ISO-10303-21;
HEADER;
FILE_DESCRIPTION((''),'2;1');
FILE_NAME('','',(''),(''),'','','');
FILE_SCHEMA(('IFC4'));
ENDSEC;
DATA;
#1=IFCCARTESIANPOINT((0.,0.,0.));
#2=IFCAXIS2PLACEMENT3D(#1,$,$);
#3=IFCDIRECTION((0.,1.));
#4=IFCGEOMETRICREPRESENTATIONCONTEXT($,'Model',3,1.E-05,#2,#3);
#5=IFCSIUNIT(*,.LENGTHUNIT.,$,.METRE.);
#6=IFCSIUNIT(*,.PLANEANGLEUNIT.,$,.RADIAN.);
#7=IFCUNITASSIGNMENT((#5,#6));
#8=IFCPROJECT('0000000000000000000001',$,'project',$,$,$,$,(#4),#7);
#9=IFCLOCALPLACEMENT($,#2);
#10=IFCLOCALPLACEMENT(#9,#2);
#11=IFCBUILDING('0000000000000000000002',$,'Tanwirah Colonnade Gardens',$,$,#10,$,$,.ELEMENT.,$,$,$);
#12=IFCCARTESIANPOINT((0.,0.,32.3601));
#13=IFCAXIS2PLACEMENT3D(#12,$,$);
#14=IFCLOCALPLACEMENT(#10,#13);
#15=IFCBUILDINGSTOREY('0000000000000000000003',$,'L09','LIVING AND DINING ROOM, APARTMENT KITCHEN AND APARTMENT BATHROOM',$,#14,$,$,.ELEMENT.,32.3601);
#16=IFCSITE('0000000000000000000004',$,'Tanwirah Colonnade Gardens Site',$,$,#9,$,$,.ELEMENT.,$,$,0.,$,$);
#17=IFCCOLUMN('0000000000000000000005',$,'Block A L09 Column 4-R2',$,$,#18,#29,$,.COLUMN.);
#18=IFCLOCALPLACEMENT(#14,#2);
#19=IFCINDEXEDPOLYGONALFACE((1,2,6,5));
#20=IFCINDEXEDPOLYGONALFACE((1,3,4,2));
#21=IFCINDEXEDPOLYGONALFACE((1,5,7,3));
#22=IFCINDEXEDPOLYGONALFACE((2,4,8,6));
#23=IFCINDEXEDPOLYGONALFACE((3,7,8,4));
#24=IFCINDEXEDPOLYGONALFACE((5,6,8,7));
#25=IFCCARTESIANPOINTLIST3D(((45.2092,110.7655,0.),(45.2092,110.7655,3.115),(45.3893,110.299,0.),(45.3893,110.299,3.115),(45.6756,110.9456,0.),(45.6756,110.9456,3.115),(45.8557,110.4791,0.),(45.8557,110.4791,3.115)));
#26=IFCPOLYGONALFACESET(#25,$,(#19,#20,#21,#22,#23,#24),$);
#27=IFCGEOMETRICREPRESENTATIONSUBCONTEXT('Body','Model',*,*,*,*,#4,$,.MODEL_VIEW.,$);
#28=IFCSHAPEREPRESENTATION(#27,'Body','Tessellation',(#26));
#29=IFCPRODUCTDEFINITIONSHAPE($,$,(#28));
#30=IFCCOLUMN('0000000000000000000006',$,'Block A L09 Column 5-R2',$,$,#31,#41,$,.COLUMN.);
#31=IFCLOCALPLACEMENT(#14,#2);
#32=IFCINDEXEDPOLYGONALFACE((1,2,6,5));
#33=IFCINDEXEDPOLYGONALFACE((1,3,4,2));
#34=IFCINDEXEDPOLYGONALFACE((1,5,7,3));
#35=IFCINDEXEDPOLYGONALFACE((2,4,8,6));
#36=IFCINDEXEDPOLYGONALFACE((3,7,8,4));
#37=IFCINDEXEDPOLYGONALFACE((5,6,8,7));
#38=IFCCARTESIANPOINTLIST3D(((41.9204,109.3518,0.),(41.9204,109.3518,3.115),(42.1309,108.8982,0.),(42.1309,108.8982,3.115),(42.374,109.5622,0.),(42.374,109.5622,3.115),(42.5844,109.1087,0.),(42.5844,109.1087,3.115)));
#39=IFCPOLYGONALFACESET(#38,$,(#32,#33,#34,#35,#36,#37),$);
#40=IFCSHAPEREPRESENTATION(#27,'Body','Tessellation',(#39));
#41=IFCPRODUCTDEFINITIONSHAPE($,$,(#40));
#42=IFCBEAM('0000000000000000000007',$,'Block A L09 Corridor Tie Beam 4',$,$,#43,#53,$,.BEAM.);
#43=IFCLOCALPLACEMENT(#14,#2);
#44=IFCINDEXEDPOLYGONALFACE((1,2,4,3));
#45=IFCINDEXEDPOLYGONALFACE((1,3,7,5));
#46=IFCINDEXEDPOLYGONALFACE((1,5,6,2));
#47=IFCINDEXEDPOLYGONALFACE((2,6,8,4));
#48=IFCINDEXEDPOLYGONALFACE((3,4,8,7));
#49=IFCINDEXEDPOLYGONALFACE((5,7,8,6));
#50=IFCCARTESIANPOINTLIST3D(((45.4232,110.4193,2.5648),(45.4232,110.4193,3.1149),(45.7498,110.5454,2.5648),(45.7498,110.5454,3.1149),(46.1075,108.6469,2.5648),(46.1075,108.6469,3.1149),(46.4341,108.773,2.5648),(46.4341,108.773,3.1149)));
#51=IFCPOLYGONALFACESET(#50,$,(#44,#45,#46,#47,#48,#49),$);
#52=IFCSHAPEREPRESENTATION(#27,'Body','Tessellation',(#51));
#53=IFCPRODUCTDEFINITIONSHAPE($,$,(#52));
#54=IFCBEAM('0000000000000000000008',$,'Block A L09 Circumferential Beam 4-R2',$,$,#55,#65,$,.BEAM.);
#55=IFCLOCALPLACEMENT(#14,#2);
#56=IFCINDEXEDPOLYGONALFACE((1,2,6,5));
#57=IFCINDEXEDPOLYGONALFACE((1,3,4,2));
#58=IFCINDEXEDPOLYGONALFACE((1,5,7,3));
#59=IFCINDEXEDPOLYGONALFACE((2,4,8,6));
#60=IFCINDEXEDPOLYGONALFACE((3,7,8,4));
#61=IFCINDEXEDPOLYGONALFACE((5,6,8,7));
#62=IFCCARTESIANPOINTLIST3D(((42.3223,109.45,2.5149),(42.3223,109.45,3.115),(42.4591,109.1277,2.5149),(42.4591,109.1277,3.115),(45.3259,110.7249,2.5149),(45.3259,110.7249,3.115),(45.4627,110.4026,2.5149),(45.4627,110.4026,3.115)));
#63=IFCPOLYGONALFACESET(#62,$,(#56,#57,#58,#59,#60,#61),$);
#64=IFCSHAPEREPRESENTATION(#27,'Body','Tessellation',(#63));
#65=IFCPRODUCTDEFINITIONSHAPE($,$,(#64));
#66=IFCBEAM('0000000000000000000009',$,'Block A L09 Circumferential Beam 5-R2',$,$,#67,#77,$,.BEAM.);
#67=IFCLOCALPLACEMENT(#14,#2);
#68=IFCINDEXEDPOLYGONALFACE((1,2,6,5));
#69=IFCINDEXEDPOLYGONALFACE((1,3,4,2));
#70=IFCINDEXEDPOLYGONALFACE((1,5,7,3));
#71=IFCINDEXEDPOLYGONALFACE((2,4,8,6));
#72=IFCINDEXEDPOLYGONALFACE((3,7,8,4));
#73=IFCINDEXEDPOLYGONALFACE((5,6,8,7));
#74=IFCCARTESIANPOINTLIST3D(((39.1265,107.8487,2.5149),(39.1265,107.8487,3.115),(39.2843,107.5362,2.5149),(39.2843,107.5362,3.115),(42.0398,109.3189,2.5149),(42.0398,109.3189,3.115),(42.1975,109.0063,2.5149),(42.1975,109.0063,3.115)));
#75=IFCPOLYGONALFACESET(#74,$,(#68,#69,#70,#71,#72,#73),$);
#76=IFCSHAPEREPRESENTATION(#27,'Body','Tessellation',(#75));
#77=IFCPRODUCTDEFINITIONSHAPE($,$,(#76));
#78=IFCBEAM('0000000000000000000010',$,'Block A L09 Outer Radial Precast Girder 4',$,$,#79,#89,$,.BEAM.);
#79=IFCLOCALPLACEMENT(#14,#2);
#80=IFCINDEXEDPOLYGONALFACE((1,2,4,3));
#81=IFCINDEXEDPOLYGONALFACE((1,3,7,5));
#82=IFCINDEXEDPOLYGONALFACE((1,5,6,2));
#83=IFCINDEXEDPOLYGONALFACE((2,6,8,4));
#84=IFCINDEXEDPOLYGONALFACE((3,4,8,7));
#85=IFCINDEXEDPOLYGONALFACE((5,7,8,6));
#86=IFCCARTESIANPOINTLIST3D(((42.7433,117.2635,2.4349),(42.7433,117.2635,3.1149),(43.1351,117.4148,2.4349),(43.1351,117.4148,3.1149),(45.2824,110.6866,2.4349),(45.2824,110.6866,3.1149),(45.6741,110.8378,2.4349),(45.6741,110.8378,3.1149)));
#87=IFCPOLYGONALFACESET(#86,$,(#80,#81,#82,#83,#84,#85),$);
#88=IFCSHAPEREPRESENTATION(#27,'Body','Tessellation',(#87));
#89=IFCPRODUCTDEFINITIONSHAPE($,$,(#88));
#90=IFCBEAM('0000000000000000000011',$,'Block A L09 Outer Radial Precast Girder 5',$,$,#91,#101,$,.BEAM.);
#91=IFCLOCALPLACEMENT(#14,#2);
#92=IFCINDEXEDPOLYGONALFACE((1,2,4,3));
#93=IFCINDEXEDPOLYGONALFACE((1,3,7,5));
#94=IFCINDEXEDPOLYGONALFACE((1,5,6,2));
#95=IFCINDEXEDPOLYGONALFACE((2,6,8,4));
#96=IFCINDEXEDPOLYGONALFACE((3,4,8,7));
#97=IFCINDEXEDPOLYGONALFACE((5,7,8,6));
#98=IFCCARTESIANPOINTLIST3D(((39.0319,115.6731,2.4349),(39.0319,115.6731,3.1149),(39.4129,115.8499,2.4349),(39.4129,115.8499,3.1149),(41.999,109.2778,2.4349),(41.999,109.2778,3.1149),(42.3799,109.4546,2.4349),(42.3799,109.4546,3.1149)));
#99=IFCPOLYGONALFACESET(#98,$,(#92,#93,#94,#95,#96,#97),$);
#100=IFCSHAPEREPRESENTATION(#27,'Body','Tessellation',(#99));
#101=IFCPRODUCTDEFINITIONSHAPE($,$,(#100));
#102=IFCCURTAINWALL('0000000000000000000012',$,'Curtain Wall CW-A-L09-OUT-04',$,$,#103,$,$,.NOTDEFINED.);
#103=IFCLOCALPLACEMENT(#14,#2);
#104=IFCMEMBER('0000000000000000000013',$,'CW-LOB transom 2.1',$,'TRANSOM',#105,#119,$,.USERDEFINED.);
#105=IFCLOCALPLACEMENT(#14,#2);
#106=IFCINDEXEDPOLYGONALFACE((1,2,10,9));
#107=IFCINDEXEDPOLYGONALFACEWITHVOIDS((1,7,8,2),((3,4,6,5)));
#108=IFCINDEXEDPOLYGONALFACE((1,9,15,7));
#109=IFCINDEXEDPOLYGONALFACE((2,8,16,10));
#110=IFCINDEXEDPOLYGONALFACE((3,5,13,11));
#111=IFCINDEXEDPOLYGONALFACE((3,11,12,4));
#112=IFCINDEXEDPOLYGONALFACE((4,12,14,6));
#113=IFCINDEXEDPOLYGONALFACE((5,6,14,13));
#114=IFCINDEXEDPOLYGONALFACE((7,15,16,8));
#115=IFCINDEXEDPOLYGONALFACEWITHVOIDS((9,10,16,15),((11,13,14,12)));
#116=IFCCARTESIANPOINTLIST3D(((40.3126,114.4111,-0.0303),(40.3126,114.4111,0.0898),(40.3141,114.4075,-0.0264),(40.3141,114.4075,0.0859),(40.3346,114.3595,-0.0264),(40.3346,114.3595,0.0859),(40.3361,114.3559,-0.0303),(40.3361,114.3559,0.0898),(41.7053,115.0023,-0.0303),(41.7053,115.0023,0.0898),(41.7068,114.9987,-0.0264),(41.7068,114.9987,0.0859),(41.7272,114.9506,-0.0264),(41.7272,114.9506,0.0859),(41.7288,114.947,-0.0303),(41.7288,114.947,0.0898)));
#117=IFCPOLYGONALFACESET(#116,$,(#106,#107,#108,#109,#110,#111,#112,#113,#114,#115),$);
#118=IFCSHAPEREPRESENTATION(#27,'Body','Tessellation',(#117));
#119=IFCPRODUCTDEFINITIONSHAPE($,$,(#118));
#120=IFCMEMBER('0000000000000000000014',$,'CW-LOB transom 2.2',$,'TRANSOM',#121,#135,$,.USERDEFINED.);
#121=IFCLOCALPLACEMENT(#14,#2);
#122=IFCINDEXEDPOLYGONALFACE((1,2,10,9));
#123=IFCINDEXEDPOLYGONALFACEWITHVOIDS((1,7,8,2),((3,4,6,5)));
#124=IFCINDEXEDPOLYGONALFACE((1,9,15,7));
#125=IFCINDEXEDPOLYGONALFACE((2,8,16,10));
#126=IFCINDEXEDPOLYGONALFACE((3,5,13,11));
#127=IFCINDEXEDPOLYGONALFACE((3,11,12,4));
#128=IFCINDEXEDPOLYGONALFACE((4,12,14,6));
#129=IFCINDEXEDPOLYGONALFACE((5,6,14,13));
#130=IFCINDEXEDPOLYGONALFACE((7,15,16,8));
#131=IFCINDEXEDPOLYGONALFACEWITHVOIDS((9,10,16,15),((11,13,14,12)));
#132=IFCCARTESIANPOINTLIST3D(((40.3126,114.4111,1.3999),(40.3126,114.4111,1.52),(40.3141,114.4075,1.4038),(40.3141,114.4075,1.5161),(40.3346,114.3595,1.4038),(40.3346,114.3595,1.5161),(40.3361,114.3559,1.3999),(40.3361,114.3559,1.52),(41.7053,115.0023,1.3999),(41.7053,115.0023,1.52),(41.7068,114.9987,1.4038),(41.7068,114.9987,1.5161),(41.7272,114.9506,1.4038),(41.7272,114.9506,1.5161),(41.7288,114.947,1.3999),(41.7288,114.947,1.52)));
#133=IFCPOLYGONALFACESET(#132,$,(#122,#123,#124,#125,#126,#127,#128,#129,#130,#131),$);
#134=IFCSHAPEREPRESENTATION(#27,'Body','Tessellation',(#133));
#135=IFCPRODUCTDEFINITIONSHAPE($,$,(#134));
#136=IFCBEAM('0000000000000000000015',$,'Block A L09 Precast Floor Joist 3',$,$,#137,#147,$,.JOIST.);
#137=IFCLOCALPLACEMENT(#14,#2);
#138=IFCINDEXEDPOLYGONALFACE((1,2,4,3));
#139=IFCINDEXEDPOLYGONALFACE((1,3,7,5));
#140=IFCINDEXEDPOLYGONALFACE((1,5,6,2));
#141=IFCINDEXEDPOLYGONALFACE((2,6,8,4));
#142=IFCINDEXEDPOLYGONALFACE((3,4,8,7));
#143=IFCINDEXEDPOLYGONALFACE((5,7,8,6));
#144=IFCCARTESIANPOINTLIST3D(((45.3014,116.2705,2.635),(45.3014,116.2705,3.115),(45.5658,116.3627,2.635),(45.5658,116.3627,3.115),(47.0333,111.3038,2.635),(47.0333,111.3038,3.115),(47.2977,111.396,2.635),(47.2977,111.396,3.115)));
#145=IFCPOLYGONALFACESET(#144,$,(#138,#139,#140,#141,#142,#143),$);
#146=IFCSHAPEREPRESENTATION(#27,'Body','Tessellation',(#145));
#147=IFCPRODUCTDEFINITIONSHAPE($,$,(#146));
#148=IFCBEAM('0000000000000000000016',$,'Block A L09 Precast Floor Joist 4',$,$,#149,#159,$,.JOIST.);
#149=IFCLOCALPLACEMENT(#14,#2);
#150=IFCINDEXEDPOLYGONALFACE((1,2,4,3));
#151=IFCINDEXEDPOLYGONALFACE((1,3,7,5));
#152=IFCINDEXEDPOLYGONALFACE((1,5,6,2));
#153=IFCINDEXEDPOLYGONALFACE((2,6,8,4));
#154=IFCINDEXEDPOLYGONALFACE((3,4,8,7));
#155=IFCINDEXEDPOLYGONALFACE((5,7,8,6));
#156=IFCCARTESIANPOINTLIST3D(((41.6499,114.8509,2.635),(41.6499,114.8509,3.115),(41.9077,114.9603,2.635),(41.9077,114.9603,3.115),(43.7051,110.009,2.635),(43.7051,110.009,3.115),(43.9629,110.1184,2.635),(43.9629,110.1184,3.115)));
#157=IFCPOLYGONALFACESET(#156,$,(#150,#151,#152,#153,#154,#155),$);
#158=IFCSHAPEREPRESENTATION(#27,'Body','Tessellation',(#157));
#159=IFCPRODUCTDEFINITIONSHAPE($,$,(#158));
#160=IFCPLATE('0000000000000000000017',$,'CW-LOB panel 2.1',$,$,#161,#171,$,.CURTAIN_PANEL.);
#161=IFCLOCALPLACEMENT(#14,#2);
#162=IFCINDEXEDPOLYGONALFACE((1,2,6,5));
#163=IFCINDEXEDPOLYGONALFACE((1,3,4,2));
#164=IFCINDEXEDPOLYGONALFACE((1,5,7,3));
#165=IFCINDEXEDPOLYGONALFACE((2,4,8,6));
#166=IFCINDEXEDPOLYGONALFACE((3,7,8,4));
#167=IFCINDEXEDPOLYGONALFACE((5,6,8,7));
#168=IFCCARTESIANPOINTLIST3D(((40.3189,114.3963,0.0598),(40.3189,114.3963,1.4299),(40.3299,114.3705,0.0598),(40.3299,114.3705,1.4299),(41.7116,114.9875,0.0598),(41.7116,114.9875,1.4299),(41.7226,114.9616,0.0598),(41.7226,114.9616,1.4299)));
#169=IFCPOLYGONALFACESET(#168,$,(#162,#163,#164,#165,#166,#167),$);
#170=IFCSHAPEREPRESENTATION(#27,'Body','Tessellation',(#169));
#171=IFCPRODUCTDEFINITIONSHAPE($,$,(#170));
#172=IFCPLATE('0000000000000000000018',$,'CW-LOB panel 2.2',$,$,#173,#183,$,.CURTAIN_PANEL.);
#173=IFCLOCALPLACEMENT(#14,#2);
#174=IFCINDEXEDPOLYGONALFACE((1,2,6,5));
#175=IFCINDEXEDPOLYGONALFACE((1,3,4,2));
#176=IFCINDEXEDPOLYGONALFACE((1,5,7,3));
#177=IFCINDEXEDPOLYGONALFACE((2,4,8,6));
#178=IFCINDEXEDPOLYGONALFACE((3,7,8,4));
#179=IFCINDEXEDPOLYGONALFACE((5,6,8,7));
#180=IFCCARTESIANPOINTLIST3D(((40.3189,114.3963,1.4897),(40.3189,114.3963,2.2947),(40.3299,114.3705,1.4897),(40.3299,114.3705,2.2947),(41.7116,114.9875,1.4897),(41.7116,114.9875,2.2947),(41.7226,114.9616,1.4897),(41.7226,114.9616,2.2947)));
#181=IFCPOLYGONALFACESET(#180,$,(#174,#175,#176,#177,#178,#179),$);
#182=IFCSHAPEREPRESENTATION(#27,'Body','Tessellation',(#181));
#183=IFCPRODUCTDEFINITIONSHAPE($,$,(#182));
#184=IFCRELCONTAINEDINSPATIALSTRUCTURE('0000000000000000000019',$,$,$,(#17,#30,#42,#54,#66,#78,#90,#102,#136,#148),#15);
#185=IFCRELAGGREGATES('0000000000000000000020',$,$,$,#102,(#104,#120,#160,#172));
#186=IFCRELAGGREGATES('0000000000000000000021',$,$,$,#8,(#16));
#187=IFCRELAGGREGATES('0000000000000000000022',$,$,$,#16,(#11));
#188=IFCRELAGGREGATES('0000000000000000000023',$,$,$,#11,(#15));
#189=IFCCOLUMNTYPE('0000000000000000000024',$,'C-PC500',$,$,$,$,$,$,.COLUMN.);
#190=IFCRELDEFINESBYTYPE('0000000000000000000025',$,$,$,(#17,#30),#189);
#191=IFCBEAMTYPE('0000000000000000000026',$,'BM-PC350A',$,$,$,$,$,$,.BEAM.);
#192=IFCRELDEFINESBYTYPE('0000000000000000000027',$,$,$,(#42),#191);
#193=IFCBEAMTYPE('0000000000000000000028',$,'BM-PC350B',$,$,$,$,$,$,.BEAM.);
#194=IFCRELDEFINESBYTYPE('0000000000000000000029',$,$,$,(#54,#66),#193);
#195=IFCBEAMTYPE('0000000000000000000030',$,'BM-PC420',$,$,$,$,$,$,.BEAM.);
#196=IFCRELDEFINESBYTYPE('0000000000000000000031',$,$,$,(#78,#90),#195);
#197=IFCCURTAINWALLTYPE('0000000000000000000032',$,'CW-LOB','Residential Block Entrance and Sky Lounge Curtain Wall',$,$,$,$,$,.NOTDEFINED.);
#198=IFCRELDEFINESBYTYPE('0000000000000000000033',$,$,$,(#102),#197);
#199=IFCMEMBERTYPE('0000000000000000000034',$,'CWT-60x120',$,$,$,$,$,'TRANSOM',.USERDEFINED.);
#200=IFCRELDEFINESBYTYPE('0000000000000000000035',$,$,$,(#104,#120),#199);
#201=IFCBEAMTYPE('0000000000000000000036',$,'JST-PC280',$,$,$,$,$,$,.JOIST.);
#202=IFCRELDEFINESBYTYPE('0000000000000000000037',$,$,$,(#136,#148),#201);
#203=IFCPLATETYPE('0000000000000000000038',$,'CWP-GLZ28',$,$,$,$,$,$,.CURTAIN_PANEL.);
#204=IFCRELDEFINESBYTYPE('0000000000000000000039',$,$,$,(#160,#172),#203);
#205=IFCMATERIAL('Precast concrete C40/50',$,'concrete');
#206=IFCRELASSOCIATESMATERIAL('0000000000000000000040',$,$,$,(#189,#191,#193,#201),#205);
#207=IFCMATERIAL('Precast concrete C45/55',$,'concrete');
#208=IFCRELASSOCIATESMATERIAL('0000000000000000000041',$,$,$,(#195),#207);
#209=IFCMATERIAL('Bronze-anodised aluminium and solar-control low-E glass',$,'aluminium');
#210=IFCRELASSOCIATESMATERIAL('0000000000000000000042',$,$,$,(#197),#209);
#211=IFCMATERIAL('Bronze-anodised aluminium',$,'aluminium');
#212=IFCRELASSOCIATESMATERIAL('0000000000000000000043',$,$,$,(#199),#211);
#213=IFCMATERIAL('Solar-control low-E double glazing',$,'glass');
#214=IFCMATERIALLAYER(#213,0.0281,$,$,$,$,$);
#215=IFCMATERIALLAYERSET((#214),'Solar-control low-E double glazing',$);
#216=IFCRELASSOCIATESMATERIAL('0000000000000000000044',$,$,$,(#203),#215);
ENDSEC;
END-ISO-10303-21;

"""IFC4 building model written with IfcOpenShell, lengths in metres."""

from ifc_helpers import new_model, si_unit, direction, frame, origin, origin_2d, place, context, subcontext, project, spatial, rectangle, hollow_rectangle, extrude, material, layer, layer_set, material_profile, profile_set, type_object, element, aggregate, save


model = new_model("IFC4")

# Units and contexts
model_context = context("Model", 3, precision=1e-05, world=origin(), true_north=direction((0.0, 1.0)))
body_context = subcontext(model_context, "Body", "Model", "MODEL_VIEW")
ifc_project = project(units=[si_unit("LENGTHUNIT", "METRE"), si_unit("PLANEANGLEUNIT", "RADIAN")], contexts=[model_context])

# Site, building, storey
site_placement = place(None, origin())
site = spatial("IfcSite", under=ifc_project, at=site_placement, Name="Tanwirah Colonnade Gardens Site", CompositionType="ELEMENT", RefElevation=0.0)
building_placement = place(site_placement, origin())
building = spatial("IfcBuilding", under=site, at=building_placement, Name="Tanwirah Colonnade Gardens", CompositionType="ELEMENT")
storey_placement = place(building_placement, frame((0.0, 0.0, 32.3601)))
storey = spatial("IfcBuildingStorey", under=building, at=storey_placement, Name="L09", Description="LIVING AND DINING ROOM, APARTMENT KITCHEN AND APARTMENT BATHROOM", CompositionType="ELEMENT", Elevation=32.3601)

# Columns
ifc_material_1 = material(Name="Precast concrete C40/50", Category="concrete")
ifc_material_profile_1 = material_profile(ifc_material_1, rectangle(XDim=0.5, YDim=0.5, at=origin_2d()), Name="PC-COL 500x500")
ifc_profile_set_1 = profile_set([ifc_material_profile_1], Name="Precast concrete C40/50")
column_type = type_object("IfcColumnType", Name="C-PC500", PredefinedType="COLUMN", material=ifc_profile_set_1)
for number, where, z_axis, x_axis, name in (
    (1, (45.5325, 110.6223, 0.0), (0.0, 0.0, 1.0), (-0.360178, 0.932884, 0.0), "Block A L09 Column 4-R2"),
    (2, (42.2524, 109.2302, 0.0), (0.0, 0.0, 1.0), (-0.42086, 0.907126, 0.0), "Block A L09 Column 5-R2"),
):
    element("IfcColumn", number, at=place(storey_placement, frame(where, z_axis=z_axis, x_axis=x_axis)), inside=storey, type_object=column_type, Name=name, PredefinedType="COLUMN", context=body_context, shape_type="SweptSolid", body=[
        extrude(rectangle(XDim=0.5, YDim=0.5, at=origin_2d()), origin(), (0.0, 0.0, 1.0), 3.115),
    ])

# Beams
ifc_material_profile_2 = material_profile(ifc_material_1, rectangle(XDim=0.3501, YDim=0.55, at=origin_2d()), Name="PC-BM 350x550")
ifc_profile_set_2 = profile_set([ifc_material_profile_2], Name="Precast concrete C40/50")
beam_type_1 = type_object("IfcBeamType", Name="BM-PC350A", PredefinedType="BEAM", material=ifc_profile_set_2)
beam_1_placement = place(storey_placement, frame((46.2708, 108.71, 2.8398), z_axis=(-0.360176, 0.932885, 0.0), x_axis=(-0.932885, -0.360176, 0.0)))
element("IfcBeam", 3, at=beam_1_placement, inside=storey, type_object=beam_type_1, Name="Block A L09 Corridor Tie Beam 4", PredefinedType="BEAM", context=body_context, shape_type="SweptSolid", body=[
    extrude(rectangle(XDim=0.3501, YDim=0.55, at=origin_2d()), origin(), (0.0, 0.0, 1.0), 1.8999),
])
ifc_material_profile_3 = material_profile(ifc_material_1, rectangle(XDim=0.3501, YDim=0.6001, at=origin_2d()), Name="PC-BM 350x600")
ifc_profile_set_3 = profile_set([ifc_material_profile_3], Name="Precast concrete C40/50")
beam_type_2 = type_object("IfcBeamType", Name="BM-PC350B", PredefinedType="BEAM", material=ifc_profile_set_3)
beam_2_placement = place(storey_placement, frame((45.3943, 110.5637, 2.8149), z_axis=(-0.920513, -0.390711, 0.0), x_axis=(0.390711, -0.920513, 0.0)))
element("IfcBeam", 4, at=beam_2_placement, inside=storey, type_object=beam_type_2, Name="Block A L09 Circumferential Beam 4-R2", PredefinedType="BEAM", context=body_context, shape_type="SweptSolid", body=[
    extrude(rectangle(XDim=0.3501, YDim=0.6001, at=origin_2d()), origin(), (0.0, 0.0, 1.0), 3.2629),
])
beam_3_placement = place(storey_placement, frame((42.1187, 109.1626, 2.8149), z_axis=(-0.89276, -0.450532, 0.0), x_axis=(0.450532, -0.89276, 0.0)))
element("IfcBeam", 5, at=beam_3_placement, inside=storey, type_object=beam_type_2, Name="Block A L09 Circumferential Beam 5-R2", PredefinedType="BEAM", context=body_context, shape_type="SweptSolid", body=[
    extrude(rectangle(XDim=0.3501, YDim=0.6001, at=origin_2d()), origin(), (0.0, 0.0, 1.0), 3.2632),
])
ifc_material_2 = material(Name="Precast concrete C45/55", Category="concrete")
ifc_material_profile_4 = material_profile(ifc_material_2, rectangle(XDim=0.4199, YDim=0.6799, at=origin_2d()), Name="PC-BM 420x680")
ifc_profile_set_4 = profile_set([ifc_material_profile_4], Name="Precast concrete C45/55")
beam_type_3 = type_object("IfcBeamType", Name="BM-PC420", PredefinedType="BEAM", material=ifc_profile_set_4)
for number, where, z_axis, x_axis, name in (
    (6, (45.4783, 110.7622, 2.7749), (-0.360151, 0.932894, 0.0), (-0.932894, -0.360151, 0.0), "Block A L09 Outer Radial Precast Girder 4"),
    (7, (42.1895, 109.3662, 2.7749), (-0.420856, 0.907128, 0.0), (-0.907128, -0.420856, 0.0), "Block A L09 Outer Radial Precast Girder 5"),
):
    element("IfcBeam", number, at=place(storey_placement, frame(where, z_axis=z_axis, x_axis=x_axis)), inside=storey, type_object=beam_type_3, Name=name, PredefinedType="BEAM", context=body_context, shape_type="SweptSolid", body=[
        extrude(rectangle(XDim=0.4199, YDim=0.6799, at=origin_2d()), origin(), (0.0, 0.0, 1.0), 7.05),
    ])

# Curtain wall, members
ifc_material_3 = material(Name="Bronze-anodised aluminium and solar-control low-E glass", Category="aluminium")
curtain_wall_type = type_object("IfcCurtainWallType", Name="CW-LOB", Description="Residential Block Entrance and Sky Lounge Curtain Wall", PredefinedType="NOTDEFINED", material=ifc_material_3)
curtain_wall_placement = place(storey_placement, origin())
curtain_wall = element("IfcCurtainWall", 8, at=curtain_wall_placement, inside=storey, type_object=curtain_wall_type, Name="Curtain Wall CW-A-L09-OUT-04", PredefinedType="NOTDEFINED")
ifc_material_4 = material(Name="Bronze-anodised aluminium", Category="aluminium")
ifc_material_profile_5 = material_profile(ifc_material_4, hollow_rectangle(XDim=0.0601, YDim=0.1201, WallThickness=0.0039, at=origin_2d()), Name="CW-TRN 60x120x4")
ifc_profile_set_5 = profile_set([ifc_material_profile_5], Name="Bronze-anodised aluminium")
member_type = type_object("IfcMemberType", Name="CWT-60x120", ElementType="TRANSOM", PredefinedType="USERDEFINED", material=ifc_profile_set_5)
member_1_placement = place(storey_placement, frame((41.717, 114.9746, 0.0298), z_axis=(-0.920517, -0.390703, 0.0), x_axis=(0.390703, -0.920517, 0.0)))
member_1 = element("IfcMember", 9, at=member_1_placement, type_object=member_type, Name="CW-LOB transom 2.1", ObjectType="TRANSOM", PredefinedType="USERDEFINED", context=body_context, shape_type="SweptSolid", body=[
    extrude(hollow_rectangle(XDim=0.0601, YDim=0.1201, WallThickness=0.0039, at=origin_2d()), origin(), (0.0, 0.0, 1.0), 1.5129),
])
member_2_placement = place(storey_placement, frame((41.717, 114.9746, 1.46), z_axis=(-0.920517, -0.390703, 0.0), x_axis=(0.390703, -0.920517, 0.0)))
member_2 = element("IfcMember", 10, at=member_2_placement, type_object=member_type, Name="CW-LOB transom 2.2", ObjectType="TRANSOM", PredefinedType="USERDEFINED", context=body_context, shape_type="SweptSolid", body=[
    extrude(hollow_rectangle(XDim=0.0601, YDim=0.1201, WallThickness=0.0039, at=origin_2d()), origin(), (0.0, 0.0, 1.0), 1.5129),
])

# Beams
ifc_material_profile_6 = material_profile(ifc_material_1, rectangle(XDim=0.28, YDim=0.48, at=origin_2d()), Name="PC-JST 280x480")
ifc_profile_set_6 = profile_set([ifc_material_profile_6], Name="Precast concrete C40/50")
beam_type_4 = type_object("IfcBeamType", Name="JST-PC280", PredefinedType="JOIST", material=ifc_profile_set_6)
for number, where, z_axis, x_axis, name in (
    (11, (47.1655, 111.3499, 2.875), (-0.329259, 0.94424, 0.0), (-0.94424, -0.329259, 0.0), "Block A L09 Precast Floor Joist 3"),
    (12, (43.834, 110.0637, 2.875), (-0.390724, 0.920508, 0.0), (-0.920508, -0.390724, 0.0), "Block A L09 Precast Floor Joist 4"),
):
    element("IfcBeam", number, at=place(storey_placement, frame(where, z_axis=z_axis, x_axis=x_axis)), inside=storey, type_object=beam_type_4, Name=name, PredefinedType="JOIST", context=body_context, shape_type="SweptSolid", body=[
        extrude(rectangle(XDim=0.28, YDim=0.48, at=origin_2d()), origin(), (0.0, 0.0, 1.0), 5.26),
    ])

# Plates
ifc_material_5 = material(Name="Solar-control low-E double glazing", Category="glass")
ifc_layer_1 = layer(ifc_material_5, 0.0281)
ifc_layer_set_1 = layer_set([ifc_layer_1], Name="Solar-control low-E double glazing")
plate_type = type_object("IfcPlateType", Name="CWP-GLZ28", PredefinedType="CURTAIN_PANEL", material=ifc_layer_set_1)
plate_1_placement = place(storey_placement, frame((41.0208, 114.679, 0.0598), z_axis=(0.0, 0.0, 1.0), x_axis=(-0.920505, -0.39073, 0.0)))
plate_1 = element("IfcPlate", 13, at=plate_1_placement, type_object=plate_type, Name="CW-LOB panel 2.1", PredefinedType="CURTAIN_PANEL", context=body_context, shape_type="SweptSolid", body=[
    extrude(rectangle(XDim=1.5129, YDim=0.0281, at=origin_2d()), origin(), (0.0, 0.0, 1.0), 1.3701),
])
plate_2_placement = place(storey_placement, frame((41.0208, 114.679, 1.4897), z_axis=(0.0, 0.0, 1.0), x_axis=(-0.920505, -0.39073, 0.0)))
plate_2 = element("IfcPlate", 14, at=plate_2_placement, type_object=plate_type, Name="CW-LOB panel 2.2", PredefinedType="CURTAIN_PANEL", context=body_context, shape_type="SweptSolid", body=[
    extrude(rectangle(XDim=1.5129, YDim=0.0281, at=origin_2d()), origin(), (0.0, 0.0, 1.0), 0.8049),
])
aggregate(curtain_wall, [member_1, member_2, plate_1, plate_2])

save(model, "model.ifc")
